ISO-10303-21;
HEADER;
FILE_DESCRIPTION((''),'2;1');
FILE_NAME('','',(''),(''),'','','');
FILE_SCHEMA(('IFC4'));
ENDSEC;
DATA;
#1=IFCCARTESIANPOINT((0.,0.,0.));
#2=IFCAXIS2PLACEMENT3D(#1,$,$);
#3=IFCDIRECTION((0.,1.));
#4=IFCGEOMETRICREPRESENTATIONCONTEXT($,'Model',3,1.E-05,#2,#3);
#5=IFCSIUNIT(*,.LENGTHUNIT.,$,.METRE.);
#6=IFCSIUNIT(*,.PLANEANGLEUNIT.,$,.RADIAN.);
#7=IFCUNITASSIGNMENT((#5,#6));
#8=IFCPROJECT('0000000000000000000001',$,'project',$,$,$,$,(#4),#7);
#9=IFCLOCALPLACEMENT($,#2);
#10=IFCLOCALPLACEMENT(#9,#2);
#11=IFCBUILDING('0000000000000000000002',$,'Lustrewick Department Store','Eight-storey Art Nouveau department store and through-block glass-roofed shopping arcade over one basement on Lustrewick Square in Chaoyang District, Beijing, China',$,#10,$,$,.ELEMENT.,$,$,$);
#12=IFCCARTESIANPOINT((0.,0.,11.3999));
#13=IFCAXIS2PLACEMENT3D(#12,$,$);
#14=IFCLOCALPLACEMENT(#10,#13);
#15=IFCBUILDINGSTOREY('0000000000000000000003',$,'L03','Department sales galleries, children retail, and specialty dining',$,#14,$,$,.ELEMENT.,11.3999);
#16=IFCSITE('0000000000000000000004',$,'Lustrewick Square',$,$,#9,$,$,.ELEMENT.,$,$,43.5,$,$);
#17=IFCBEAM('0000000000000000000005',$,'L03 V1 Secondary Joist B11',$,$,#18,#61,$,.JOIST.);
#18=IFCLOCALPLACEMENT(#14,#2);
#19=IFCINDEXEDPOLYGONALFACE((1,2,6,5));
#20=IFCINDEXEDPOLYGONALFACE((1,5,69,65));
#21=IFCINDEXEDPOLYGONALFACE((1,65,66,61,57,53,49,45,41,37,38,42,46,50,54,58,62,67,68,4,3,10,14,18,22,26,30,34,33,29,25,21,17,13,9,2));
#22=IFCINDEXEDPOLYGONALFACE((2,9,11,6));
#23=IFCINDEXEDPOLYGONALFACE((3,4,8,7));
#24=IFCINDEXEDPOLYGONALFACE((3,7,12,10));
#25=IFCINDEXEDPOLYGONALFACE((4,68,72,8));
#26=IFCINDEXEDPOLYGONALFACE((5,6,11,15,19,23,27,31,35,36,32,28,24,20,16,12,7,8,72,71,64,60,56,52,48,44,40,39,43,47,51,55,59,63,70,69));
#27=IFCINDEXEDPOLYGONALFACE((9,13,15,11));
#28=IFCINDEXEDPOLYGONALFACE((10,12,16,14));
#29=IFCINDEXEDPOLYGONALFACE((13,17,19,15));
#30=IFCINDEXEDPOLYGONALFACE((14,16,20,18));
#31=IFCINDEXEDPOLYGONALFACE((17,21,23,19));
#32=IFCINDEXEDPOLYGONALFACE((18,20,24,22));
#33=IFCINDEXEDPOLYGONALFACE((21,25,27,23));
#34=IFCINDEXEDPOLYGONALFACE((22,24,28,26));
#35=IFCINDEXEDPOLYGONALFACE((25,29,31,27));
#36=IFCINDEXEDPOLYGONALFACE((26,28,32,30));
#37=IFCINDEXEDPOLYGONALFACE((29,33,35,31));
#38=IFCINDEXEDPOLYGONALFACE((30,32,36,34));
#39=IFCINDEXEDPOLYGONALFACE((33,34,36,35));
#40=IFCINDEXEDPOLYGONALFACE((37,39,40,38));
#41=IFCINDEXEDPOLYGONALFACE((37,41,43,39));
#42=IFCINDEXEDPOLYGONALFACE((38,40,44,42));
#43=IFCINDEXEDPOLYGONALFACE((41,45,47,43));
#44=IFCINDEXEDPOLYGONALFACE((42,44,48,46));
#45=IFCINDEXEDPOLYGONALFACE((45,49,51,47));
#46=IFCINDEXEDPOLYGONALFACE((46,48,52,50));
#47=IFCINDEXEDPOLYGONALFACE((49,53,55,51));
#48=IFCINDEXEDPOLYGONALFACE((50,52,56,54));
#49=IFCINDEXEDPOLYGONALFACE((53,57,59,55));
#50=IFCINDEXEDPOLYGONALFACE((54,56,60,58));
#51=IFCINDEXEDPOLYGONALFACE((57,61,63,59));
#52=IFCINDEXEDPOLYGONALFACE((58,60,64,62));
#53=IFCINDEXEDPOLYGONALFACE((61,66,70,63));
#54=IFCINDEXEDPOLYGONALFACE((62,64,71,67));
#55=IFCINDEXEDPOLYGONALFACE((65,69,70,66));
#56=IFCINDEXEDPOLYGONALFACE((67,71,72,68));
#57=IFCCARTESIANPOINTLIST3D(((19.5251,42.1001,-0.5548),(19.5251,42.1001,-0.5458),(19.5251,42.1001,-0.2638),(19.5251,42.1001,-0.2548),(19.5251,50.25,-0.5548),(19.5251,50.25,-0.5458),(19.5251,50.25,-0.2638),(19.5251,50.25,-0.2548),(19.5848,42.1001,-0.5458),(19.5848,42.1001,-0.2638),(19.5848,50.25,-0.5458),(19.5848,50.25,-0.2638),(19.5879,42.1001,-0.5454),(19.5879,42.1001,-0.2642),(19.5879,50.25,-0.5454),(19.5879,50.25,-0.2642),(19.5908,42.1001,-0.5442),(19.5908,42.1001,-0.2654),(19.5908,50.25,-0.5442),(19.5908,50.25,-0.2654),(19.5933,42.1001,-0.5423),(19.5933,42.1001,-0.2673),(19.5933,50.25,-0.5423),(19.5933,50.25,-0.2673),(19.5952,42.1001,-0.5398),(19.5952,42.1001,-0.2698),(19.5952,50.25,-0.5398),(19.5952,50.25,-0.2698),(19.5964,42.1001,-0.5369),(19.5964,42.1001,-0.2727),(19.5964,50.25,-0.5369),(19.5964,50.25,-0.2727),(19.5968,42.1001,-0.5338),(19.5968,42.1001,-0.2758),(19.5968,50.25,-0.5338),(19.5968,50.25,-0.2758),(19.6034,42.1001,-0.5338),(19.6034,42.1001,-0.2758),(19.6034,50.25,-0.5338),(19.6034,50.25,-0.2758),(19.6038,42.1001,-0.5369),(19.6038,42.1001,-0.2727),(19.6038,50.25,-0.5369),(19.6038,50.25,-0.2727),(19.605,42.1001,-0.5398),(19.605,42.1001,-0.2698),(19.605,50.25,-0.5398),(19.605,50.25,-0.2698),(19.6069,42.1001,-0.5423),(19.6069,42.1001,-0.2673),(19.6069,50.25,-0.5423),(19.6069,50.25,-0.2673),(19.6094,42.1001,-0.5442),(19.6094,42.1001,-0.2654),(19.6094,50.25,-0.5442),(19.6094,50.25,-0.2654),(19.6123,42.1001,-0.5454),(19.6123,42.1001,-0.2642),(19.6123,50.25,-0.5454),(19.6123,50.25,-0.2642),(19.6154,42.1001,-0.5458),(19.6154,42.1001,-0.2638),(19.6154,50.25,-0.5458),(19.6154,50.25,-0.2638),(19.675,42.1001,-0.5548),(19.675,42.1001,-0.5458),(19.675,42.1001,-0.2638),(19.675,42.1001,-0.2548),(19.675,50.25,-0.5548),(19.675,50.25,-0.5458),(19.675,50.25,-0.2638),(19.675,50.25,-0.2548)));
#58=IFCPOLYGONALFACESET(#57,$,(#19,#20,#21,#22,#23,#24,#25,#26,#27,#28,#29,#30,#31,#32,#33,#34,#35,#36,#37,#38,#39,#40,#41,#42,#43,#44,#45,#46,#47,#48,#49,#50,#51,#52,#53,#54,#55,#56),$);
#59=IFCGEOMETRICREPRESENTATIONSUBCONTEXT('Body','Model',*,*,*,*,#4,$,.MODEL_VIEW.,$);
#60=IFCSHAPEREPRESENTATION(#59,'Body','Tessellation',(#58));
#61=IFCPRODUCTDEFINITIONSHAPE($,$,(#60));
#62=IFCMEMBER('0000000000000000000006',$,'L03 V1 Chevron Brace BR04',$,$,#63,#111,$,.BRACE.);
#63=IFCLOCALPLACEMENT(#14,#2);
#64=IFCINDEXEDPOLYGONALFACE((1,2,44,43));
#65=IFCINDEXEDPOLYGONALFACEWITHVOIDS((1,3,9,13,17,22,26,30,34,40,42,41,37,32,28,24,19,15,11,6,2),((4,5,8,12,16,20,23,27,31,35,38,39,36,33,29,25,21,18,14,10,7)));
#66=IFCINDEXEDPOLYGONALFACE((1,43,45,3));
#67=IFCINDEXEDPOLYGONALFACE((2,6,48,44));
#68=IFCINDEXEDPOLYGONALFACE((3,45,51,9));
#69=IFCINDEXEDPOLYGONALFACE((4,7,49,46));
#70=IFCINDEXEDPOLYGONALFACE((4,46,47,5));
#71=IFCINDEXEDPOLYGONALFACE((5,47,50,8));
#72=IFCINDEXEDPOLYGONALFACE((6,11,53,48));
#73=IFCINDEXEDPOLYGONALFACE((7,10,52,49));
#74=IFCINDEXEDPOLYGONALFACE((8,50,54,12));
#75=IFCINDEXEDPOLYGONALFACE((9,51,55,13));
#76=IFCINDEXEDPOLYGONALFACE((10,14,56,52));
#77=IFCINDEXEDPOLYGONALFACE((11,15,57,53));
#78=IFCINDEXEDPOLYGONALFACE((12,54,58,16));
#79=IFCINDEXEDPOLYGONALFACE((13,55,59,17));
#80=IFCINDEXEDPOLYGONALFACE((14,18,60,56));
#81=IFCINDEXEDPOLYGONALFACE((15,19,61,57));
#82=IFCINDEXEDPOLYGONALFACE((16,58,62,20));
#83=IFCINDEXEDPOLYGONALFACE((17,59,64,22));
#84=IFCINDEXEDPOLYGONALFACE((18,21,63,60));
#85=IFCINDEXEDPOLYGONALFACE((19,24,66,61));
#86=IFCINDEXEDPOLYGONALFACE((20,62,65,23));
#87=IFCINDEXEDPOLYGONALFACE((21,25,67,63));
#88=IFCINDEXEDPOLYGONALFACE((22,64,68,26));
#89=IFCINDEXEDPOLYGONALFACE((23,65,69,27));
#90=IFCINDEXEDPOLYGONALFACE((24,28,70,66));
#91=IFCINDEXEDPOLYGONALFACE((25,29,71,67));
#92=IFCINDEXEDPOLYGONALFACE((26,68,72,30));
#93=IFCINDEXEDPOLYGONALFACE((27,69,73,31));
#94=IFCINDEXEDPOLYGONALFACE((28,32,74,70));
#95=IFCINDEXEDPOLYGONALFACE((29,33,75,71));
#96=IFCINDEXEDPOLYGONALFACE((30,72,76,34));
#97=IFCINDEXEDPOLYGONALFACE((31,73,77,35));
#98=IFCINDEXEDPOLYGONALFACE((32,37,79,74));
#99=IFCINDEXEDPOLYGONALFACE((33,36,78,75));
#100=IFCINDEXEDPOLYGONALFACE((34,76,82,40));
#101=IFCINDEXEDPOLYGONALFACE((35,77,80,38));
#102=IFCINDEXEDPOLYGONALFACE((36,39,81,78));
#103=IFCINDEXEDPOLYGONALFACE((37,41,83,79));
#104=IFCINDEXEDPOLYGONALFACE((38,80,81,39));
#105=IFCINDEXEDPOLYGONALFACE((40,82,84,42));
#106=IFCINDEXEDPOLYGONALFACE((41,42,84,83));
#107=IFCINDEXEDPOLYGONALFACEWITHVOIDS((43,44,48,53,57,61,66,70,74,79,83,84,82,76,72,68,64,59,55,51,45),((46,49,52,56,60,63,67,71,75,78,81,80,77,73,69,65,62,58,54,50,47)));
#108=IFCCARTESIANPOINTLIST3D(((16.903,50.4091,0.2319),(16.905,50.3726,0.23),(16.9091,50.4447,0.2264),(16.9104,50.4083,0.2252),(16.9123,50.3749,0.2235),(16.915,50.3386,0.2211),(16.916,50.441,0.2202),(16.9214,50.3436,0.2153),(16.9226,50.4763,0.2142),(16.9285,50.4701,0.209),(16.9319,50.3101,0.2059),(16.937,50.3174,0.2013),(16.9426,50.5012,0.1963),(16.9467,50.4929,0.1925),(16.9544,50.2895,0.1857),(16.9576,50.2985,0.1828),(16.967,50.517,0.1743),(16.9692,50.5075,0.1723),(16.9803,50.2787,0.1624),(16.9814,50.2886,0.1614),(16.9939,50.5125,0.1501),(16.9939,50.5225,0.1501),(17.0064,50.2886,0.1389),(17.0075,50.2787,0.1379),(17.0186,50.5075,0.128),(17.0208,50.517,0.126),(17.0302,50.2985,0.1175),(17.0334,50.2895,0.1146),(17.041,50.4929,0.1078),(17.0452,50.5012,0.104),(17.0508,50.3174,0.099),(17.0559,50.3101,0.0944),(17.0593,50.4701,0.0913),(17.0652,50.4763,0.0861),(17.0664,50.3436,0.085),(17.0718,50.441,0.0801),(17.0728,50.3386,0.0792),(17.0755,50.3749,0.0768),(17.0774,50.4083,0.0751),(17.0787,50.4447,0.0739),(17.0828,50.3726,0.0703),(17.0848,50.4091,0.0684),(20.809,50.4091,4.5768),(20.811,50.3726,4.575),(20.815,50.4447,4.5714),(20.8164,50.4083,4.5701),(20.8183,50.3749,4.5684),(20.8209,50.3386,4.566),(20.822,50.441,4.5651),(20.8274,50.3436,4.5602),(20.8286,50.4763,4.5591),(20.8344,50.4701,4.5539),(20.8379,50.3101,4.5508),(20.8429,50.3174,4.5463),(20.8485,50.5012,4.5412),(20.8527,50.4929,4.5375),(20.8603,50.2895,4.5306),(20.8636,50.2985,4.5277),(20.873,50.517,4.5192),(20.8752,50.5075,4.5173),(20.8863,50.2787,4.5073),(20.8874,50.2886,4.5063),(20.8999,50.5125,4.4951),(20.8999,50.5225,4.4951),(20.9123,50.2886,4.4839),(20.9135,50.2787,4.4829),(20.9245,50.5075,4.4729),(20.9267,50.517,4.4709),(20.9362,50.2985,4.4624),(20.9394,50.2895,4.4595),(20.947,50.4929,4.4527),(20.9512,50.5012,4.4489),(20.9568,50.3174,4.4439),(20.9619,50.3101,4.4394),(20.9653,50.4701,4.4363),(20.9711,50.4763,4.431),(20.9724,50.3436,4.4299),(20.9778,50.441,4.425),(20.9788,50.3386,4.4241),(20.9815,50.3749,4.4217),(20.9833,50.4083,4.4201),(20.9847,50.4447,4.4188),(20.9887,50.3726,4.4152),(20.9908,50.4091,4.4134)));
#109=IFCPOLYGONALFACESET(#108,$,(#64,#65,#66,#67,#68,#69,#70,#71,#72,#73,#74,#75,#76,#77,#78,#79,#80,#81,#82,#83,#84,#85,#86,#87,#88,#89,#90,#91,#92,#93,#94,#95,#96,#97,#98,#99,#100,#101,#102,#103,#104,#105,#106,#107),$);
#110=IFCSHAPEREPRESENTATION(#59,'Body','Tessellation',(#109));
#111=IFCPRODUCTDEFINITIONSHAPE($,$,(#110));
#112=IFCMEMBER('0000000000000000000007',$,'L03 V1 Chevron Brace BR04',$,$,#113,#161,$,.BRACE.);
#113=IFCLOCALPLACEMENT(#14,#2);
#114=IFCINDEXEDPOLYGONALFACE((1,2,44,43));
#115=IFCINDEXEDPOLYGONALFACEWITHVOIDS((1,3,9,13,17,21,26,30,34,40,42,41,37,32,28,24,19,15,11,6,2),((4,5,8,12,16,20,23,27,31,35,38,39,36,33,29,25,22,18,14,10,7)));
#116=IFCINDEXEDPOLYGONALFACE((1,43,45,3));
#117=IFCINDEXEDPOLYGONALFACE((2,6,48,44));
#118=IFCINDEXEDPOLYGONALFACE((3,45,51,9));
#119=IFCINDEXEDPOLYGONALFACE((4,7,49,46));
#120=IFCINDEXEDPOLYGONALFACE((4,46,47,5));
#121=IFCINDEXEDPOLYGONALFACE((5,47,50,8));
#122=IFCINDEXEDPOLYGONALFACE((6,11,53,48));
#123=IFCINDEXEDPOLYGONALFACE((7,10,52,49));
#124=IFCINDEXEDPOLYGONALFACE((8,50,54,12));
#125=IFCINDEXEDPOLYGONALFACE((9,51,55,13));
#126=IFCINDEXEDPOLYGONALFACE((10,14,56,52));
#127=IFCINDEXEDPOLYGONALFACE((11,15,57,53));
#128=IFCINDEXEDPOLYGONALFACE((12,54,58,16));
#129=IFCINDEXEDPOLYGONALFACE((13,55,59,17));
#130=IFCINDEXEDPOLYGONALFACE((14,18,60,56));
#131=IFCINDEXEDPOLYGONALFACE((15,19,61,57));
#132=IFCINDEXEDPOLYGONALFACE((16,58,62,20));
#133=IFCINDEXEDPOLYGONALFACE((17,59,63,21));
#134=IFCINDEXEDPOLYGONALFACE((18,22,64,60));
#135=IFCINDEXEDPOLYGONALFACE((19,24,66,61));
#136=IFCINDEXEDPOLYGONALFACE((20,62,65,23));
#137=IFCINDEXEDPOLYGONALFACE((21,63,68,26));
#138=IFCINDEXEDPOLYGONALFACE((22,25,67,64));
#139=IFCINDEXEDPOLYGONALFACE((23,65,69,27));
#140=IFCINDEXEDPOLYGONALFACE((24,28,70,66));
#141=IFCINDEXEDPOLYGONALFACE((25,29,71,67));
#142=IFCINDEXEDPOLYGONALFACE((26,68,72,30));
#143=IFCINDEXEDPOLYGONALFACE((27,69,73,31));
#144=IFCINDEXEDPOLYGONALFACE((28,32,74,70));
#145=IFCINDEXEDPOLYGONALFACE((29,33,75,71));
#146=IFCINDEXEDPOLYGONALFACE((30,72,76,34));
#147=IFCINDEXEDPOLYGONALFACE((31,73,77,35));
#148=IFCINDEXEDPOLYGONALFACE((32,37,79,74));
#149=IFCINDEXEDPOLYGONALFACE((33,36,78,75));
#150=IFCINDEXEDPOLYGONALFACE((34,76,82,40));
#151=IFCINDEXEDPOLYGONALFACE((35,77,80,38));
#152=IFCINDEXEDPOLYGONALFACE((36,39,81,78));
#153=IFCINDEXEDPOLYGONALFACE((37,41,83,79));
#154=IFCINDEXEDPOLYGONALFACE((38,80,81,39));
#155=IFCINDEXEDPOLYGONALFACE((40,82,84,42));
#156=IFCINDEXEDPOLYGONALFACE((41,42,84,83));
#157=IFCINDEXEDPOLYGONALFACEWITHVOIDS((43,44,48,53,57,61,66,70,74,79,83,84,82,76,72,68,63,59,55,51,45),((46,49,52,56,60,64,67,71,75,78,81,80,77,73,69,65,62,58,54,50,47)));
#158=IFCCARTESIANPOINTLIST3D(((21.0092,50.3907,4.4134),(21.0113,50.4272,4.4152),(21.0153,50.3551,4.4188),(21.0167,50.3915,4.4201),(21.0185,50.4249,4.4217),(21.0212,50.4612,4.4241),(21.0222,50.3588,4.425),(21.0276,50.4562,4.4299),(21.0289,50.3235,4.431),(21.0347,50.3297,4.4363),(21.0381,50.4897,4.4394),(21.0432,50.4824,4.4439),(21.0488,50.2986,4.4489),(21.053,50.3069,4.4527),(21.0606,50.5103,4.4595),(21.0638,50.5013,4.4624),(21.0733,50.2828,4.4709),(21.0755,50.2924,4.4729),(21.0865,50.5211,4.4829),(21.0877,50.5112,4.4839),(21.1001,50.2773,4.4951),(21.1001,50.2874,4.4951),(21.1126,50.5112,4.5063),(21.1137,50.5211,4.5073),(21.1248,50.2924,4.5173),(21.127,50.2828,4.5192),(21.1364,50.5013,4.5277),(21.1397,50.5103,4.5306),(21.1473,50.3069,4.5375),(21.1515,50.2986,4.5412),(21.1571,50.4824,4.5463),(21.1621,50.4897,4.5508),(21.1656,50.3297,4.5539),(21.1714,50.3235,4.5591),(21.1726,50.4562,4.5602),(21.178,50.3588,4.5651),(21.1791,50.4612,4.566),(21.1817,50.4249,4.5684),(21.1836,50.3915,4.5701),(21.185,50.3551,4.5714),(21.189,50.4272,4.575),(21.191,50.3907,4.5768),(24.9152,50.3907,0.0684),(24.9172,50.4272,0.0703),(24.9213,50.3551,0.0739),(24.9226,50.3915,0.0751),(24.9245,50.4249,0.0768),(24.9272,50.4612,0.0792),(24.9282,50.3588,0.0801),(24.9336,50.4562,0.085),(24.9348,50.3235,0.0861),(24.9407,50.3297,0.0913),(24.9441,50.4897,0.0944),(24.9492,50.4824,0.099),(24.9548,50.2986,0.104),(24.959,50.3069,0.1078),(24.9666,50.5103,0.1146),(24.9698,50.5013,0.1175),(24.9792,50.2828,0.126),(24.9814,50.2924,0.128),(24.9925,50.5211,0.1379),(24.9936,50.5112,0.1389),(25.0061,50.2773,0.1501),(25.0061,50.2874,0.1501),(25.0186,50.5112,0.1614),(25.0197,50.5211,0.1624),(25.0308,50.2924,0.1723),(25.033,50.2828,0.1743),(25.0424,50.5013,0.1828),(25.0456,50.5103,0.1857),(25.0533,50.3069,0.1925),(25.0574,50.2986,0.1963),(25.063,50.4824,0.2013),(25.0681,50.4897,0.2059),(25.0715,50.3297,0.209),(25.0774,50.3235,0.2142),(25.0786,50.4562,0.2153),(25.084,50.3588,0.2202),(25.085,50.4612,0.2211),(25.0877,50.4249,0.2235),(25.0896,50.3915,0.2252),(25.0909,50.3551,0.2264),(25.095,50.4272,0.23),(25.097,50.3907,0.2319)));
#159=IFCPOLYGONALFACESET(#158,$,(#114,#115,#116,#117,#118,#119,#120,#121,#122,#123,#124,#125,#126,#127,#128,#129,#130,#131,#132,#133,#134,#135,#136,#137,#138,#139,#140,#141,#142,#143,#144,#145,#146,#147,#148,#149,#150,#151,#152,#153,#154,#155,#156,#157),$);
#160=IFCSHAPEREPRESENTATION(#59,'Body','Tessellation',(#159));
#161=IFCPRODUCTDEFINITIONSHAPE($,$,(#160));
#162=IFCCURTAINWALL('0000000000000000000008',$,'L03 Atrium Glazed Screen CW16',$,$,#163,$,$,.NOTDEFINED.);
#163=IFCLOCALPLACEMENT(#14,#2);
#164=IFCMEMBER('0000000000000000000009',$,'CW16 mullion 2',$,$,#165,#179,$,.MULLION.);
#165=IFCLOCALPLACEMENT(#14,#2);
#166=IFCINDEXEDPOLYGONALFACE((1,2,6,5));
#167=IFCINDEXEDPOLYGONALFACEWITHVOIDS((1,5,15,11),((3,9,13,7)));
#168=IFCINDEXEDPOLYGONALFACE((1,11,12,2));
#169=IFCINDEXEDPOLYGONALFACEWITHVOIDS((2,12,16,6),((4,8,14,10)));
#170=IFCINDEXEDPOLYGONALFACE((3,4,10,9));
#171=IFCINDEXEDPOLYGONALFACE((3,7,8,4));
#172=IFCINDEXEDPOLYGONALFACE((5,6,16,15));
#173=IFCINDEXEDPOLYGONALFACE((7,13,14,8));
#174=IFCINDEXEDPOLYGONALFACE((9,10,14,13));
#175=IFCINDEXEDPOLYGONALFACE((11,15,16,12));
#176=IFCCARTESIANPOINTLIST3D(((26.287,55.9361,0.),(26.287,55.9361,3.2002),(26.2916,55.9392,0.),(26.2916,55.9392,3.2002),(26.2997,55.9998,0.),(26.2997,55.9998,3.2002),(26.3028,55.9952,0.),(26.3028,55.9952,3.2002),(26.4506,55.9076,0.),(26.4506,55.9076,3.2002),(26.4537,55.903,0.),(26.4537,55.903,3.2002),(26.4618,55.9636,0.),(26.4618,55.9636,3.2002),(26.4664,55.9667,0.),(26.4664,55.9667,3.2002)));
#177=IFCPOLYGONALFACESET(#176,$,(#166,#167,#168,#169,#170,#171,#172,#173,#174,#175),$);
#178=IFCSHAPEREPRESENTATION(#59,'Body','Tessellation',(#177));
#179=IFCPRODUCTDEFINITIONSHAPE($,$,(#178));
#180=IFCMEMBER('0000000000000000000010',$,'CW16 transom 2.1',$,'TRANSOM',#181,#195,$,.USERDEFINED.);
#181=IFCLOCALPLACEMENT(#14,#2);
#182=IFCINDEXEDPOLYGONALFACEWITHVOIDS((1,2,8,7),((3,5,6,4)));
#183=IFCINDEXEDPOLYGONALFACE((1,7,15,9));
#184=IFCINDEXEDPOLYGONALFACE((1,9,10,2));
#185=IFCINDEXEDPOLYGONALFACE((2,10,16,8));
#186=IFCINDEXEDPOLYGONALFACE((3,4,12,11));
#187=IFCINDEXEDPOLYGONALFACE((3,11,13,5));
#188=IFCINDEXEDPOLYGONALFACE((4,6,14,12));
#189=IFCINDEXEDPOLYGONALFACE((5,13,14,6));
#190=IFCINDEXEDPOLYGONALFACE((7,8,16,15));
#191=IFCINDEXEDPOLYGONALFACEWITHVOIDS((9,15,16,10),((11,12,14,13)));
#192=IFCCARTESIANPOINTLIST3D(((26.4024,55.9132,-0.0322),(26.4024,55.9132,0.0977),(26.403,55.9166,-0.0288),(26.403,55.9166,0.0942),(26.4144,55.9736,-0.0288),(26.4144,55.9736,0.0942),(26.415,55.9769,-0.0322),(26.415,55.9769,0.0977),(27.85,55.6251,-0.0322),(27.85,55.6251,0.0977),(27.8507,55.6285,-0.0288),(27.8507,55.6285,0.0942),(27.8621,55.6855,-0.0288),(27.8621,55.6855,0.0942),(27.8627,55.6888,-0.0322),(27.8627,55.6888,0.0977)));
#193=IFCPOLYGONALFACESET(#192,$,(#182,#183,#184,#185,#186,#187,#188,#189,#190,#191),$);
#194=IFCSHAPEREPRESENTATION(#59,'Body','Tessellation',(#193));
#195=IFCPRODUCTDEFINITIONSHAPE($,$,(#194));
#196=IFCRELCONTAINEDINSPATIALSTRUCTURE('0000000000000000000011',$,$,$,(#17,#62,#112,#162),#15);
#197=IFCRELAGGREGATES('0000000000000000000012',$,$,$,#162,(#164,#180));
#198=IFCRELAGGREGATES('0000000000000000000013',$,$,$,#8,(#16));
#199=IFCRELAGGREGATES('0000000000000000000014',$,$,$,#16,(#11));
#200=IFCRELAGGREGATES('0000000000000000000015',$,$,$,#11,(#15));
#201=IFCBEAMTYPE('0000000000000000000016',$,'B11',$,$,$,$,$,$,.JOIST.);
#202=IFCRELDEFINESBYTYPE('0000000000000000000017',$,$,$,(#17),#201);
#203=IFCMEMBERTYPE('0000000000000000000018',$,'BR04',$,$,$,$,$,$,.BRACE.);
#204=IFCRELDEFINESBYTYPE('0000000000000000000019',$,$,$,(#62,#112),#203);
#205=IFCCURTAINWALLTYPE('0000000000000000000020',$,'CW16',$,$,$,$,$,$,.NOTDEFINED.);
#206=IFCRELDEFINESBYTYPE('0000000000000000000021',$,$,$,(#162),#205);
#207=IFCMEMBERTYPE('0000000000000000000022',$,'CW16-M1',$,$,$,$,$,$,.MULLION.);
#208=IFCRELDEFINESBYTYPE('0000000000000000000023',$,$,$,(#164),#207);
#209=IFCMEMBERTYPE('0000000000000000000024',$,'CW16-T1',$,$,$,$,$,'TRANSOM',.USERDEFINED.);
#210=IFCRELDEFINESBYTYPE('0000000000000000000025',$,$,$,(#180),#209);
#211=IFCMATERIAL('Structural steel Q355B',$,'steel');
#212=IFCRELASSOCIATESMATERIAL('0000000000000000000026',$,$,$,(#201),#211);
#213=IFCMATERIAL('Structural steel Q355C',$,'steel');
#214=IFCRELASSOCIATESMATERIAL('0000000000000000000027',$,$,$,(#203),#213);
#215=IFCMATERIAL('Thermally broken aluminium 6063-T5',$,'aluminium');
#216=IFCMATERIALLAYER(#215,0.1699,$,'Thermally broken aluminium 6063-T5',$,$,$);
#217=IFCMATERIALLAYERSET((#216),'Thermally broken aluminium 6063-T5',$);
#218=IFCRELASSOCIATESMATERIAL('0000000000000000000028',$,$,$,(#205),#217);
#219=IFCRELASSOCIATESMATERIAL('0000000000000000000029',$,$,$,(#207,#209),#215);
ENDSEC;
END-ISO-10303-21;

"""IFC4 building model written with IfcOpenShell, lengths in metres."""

from ifc_helpers import new_model, si_unit, direction, frame, origin, origin_2d, place, context, subcontext, project, spatial, hollow_rectangle, hollow_circle, i_section, extrude, material, layer, layer_set, material_profile, profile_set, type_object, element, aggregate, save


model = new_model("IFC4")

# Units and contexts
model_context = context("Model", 3, precision=1e-05, world=origin(), true_north=direction((0.0, 1.0)))
body_context = subcontext(model_context, "Body", "Model", "MODEL_VIEW")
ifc_project = project(units=[si_unit("LENGTHUNIT", "METRE"), si_unit("PLANEANGLEUNIT", "RADIAN")], contexts=[model_context])

# Site, building, storey
site_placement = place(None, origin())
site = spatial("IfcSite", under=ifc_project, at=site_placement, Name="Lustrewick Square", CompositionType="ELEMENT", RefElevation=43.5)
building_placement = place(site_placement, origin())
building = spatial("IfcBuilding", under=site, at=building_placement, Name="Lustrewick Department Store", Description="Eight-storey Art Nouveau department store and through-block glass-roofed shopping arcade over one basement on Lustrewick Square in Chaoyang District, Beijing, China", CompositionType="ELEMENT")
storey_placement = place(building_placement, frame((0.0, 0.0, 11.3999)))
storey = spatial("IfcBuildingStorey", under=building, at=storey_placement, Name="L03", Description="Department sales galleries, children retail, and specialty dining", CompositionType="ELEMENT", Elevation=11.3999)

# Shared definitions
ifc_material_1 = material(Name="Structural steel Q355B", Category="steel")
ifc_material_2 = material(Name="Structural steel Q355C", Category="steel")

# Beam
ifc_material_profile_1 = material_profile(ifc_material_1, i_section(OverallWidth=0.1499, OverallDepth=0.3, WebThickness=0.0066, FlangeThickness=0.009, FilletRadius=0.012, at=origin_2d()), Name="HN 300x150x6.5x9")
ifc_profile_set_1 = profile_set([ifc_material_profile_1], Name="Structural steel Q355B")
beam_type_1 = type_object("IfcBeamType", Name="B11", PredefinedType="JOIST", material=ifc_profile_set_1)
beam_1_placement = place(storey_placement, frame((19.6001, 42.1001, -0.4048), z_axis=(0.0, 1.0, 0.0), x_axis=(-1.0, 0.0, 0.0)))
element("IfcBeam", 1, at=beam_1_placement, inside=storey, type_object=beam_type_1, Name="L03 V1 Secondary Joist B11", PredefinedType="JOIST", context=body_context, shape_type="SweptSolid", body=[
    extrude(i_section(OverallWidth=0.1499, OverallDepth=0.3, WebThickness=0.0066, FlangeThickness=0.009, FilletRadius=0.012, at=origin_2d()), origin(), (0.0, 0.0, 1.0), 8.1499),
])

# Members
ifc_material_profile_2 = material_profile(ifc_material_2, hollow_circle(Radius=0.1226, WallThickness=0.01, at=origin_2d()), Name="CHS 245x10")
ifc_profile_set_2 = profile_set([ifc_material_profile_2], Name="Structural steel Q355C")
member_type_1 = type_object("IfcMemberType", Name="BR04", PredefinedType="BRACE", material=ifc_profile_set_2)
for number, where, z_axis, x_axis, name in (
    (2, (16.9939, 50.3999, 0.1501), (0.668542, 0.0, 0.743674), (0.0, 1.0, 0.0), "L03 V1 Chevron Brace BR04"),
    (3, (25.0061, 50.3999, 0.1501), (-0.668542, 0.0, 0.743674), (0.0, -1.0, 0.0), "L03 V1 Chevron Brace BR04"),
):
    element("IfcMember", number, at=place(storey_placement, frame(where, z_axis=z_axis, x_axis=x_axis)), inside=storey, type_object=member_type_1, Name=name, PredefinedType="BRACE", context=body_context, shape_type="SweptSolid", body=[
        extrude(hollow_circle(Radius=0.1226, WallThickness=0.01, at=origin_2d()), origin(), (0.0, 0.0, 1.0), 5.8425),
    ])

# Curtain wall, members
ifc_material_3 = material(Name="Thermally broken aluminium 6063-T5", Category="aluminium")
ifc_layer_1 = layer(ifc_material_3, 0.1699, Name="Thermally broken aluminium 6063-T5")
ifc_layer_set_1 = layer_set([ifc_layer_1], Name="Thermally broken aluminium 6063-T5")
curtain_wall_type = type_object("IfcCurtainWallType", Name="CW16", PredefinedType="NOTDEFINED", material=ifc_layer_set_1)
curtain_wall_placement = place(storey_placement, origin())
curtain_wall = element("IfcCurtainWall", 4, at=curtain_wall_placement, inside=storey, type_object=curtain_wall_type, Name="L03 Atrium Glazed Screen CW16", PredefinedType="NOTDEFINED")
ifc_material_profile_3 = material_profile(ifc_material_3, hollow_rectangle(XDim=0.0649, YDim=0.1699, WallThickness=0.0039, at=origin_2d()), Name="ALU-M 65x170x4")
ifc_profile_set_3 = profile_set([ifc_material_profile_3], Name="Thermally broken aluminium 6063-T5")
member_type_2 = type_object("IfcMemberType", Name="CW16-M1", PredefinedType="MULLION", material=ifc_profile_set_3)
member_1_placement = place(storey_placement, frame((26.3767, 55.9514, 0.0), z_axis=(0.0, 0.0, 1.0), x_axis=(0.195085, 0.980786, 0.0)))
member_1 = element("IfcMember", 5, at=member_1_placement, type_object=member_type_2, Name="CW16 mullion 2", PredefinedType="MULLION", context=body_context, shape_type="SweptSolid", body=[
    extrude(hollow_rectangle(XDim=0.0649, YDim=0.1699, WallThickness=0.0039, at=origin_2d()), origin(), (0.0, 0.0, 1.0), 3.2002),
])
ifc_material_profile_4 = material_profile(ifc_material_3, hollow_rectangle(XDim=0.0649, YDim=0.1299, WallThickness=0.0034, at=origin_2d()), Name="ALU-T 65x130x3.5")
ifc_profile_set_4 = profile_set([ifc_material_profile_4], Name="Thermally broken aluminium 6063-T5")
member_type_3 = type_object("IfcMemberType", Name="CW16-T1", ElementType="TRANSOM", PredefinedType="USERDEFINED", material=ifc_profile_set_4)
member_2_placement = place(storey_placement, frame((26.4087, 55.9451, 0.0327), z_axis=(0.980771, -0.195162, 0.0), x_axis=(0.195162, 0.980771, 0.0)))
member_2 = element("IfcMember", 6, at=member_2_placement, type_object=member_type_3, Name="CW16 transom 2.1", ObjectType="TRANSOM", PredefinedType="USERDEFINED", context=body_context, shape_type="SweptSolid", body=[
    extrude(hollow_rectangle(XDim=0.0649, YDim=0.1299, WallThickness=0.0034, at=origin_2d()), origin(), (0.0, 0.0, 1.0), 1.4761),
])
aggregate(curtain_wall, [member_1, member_2])

save(model, "model.ifc")
